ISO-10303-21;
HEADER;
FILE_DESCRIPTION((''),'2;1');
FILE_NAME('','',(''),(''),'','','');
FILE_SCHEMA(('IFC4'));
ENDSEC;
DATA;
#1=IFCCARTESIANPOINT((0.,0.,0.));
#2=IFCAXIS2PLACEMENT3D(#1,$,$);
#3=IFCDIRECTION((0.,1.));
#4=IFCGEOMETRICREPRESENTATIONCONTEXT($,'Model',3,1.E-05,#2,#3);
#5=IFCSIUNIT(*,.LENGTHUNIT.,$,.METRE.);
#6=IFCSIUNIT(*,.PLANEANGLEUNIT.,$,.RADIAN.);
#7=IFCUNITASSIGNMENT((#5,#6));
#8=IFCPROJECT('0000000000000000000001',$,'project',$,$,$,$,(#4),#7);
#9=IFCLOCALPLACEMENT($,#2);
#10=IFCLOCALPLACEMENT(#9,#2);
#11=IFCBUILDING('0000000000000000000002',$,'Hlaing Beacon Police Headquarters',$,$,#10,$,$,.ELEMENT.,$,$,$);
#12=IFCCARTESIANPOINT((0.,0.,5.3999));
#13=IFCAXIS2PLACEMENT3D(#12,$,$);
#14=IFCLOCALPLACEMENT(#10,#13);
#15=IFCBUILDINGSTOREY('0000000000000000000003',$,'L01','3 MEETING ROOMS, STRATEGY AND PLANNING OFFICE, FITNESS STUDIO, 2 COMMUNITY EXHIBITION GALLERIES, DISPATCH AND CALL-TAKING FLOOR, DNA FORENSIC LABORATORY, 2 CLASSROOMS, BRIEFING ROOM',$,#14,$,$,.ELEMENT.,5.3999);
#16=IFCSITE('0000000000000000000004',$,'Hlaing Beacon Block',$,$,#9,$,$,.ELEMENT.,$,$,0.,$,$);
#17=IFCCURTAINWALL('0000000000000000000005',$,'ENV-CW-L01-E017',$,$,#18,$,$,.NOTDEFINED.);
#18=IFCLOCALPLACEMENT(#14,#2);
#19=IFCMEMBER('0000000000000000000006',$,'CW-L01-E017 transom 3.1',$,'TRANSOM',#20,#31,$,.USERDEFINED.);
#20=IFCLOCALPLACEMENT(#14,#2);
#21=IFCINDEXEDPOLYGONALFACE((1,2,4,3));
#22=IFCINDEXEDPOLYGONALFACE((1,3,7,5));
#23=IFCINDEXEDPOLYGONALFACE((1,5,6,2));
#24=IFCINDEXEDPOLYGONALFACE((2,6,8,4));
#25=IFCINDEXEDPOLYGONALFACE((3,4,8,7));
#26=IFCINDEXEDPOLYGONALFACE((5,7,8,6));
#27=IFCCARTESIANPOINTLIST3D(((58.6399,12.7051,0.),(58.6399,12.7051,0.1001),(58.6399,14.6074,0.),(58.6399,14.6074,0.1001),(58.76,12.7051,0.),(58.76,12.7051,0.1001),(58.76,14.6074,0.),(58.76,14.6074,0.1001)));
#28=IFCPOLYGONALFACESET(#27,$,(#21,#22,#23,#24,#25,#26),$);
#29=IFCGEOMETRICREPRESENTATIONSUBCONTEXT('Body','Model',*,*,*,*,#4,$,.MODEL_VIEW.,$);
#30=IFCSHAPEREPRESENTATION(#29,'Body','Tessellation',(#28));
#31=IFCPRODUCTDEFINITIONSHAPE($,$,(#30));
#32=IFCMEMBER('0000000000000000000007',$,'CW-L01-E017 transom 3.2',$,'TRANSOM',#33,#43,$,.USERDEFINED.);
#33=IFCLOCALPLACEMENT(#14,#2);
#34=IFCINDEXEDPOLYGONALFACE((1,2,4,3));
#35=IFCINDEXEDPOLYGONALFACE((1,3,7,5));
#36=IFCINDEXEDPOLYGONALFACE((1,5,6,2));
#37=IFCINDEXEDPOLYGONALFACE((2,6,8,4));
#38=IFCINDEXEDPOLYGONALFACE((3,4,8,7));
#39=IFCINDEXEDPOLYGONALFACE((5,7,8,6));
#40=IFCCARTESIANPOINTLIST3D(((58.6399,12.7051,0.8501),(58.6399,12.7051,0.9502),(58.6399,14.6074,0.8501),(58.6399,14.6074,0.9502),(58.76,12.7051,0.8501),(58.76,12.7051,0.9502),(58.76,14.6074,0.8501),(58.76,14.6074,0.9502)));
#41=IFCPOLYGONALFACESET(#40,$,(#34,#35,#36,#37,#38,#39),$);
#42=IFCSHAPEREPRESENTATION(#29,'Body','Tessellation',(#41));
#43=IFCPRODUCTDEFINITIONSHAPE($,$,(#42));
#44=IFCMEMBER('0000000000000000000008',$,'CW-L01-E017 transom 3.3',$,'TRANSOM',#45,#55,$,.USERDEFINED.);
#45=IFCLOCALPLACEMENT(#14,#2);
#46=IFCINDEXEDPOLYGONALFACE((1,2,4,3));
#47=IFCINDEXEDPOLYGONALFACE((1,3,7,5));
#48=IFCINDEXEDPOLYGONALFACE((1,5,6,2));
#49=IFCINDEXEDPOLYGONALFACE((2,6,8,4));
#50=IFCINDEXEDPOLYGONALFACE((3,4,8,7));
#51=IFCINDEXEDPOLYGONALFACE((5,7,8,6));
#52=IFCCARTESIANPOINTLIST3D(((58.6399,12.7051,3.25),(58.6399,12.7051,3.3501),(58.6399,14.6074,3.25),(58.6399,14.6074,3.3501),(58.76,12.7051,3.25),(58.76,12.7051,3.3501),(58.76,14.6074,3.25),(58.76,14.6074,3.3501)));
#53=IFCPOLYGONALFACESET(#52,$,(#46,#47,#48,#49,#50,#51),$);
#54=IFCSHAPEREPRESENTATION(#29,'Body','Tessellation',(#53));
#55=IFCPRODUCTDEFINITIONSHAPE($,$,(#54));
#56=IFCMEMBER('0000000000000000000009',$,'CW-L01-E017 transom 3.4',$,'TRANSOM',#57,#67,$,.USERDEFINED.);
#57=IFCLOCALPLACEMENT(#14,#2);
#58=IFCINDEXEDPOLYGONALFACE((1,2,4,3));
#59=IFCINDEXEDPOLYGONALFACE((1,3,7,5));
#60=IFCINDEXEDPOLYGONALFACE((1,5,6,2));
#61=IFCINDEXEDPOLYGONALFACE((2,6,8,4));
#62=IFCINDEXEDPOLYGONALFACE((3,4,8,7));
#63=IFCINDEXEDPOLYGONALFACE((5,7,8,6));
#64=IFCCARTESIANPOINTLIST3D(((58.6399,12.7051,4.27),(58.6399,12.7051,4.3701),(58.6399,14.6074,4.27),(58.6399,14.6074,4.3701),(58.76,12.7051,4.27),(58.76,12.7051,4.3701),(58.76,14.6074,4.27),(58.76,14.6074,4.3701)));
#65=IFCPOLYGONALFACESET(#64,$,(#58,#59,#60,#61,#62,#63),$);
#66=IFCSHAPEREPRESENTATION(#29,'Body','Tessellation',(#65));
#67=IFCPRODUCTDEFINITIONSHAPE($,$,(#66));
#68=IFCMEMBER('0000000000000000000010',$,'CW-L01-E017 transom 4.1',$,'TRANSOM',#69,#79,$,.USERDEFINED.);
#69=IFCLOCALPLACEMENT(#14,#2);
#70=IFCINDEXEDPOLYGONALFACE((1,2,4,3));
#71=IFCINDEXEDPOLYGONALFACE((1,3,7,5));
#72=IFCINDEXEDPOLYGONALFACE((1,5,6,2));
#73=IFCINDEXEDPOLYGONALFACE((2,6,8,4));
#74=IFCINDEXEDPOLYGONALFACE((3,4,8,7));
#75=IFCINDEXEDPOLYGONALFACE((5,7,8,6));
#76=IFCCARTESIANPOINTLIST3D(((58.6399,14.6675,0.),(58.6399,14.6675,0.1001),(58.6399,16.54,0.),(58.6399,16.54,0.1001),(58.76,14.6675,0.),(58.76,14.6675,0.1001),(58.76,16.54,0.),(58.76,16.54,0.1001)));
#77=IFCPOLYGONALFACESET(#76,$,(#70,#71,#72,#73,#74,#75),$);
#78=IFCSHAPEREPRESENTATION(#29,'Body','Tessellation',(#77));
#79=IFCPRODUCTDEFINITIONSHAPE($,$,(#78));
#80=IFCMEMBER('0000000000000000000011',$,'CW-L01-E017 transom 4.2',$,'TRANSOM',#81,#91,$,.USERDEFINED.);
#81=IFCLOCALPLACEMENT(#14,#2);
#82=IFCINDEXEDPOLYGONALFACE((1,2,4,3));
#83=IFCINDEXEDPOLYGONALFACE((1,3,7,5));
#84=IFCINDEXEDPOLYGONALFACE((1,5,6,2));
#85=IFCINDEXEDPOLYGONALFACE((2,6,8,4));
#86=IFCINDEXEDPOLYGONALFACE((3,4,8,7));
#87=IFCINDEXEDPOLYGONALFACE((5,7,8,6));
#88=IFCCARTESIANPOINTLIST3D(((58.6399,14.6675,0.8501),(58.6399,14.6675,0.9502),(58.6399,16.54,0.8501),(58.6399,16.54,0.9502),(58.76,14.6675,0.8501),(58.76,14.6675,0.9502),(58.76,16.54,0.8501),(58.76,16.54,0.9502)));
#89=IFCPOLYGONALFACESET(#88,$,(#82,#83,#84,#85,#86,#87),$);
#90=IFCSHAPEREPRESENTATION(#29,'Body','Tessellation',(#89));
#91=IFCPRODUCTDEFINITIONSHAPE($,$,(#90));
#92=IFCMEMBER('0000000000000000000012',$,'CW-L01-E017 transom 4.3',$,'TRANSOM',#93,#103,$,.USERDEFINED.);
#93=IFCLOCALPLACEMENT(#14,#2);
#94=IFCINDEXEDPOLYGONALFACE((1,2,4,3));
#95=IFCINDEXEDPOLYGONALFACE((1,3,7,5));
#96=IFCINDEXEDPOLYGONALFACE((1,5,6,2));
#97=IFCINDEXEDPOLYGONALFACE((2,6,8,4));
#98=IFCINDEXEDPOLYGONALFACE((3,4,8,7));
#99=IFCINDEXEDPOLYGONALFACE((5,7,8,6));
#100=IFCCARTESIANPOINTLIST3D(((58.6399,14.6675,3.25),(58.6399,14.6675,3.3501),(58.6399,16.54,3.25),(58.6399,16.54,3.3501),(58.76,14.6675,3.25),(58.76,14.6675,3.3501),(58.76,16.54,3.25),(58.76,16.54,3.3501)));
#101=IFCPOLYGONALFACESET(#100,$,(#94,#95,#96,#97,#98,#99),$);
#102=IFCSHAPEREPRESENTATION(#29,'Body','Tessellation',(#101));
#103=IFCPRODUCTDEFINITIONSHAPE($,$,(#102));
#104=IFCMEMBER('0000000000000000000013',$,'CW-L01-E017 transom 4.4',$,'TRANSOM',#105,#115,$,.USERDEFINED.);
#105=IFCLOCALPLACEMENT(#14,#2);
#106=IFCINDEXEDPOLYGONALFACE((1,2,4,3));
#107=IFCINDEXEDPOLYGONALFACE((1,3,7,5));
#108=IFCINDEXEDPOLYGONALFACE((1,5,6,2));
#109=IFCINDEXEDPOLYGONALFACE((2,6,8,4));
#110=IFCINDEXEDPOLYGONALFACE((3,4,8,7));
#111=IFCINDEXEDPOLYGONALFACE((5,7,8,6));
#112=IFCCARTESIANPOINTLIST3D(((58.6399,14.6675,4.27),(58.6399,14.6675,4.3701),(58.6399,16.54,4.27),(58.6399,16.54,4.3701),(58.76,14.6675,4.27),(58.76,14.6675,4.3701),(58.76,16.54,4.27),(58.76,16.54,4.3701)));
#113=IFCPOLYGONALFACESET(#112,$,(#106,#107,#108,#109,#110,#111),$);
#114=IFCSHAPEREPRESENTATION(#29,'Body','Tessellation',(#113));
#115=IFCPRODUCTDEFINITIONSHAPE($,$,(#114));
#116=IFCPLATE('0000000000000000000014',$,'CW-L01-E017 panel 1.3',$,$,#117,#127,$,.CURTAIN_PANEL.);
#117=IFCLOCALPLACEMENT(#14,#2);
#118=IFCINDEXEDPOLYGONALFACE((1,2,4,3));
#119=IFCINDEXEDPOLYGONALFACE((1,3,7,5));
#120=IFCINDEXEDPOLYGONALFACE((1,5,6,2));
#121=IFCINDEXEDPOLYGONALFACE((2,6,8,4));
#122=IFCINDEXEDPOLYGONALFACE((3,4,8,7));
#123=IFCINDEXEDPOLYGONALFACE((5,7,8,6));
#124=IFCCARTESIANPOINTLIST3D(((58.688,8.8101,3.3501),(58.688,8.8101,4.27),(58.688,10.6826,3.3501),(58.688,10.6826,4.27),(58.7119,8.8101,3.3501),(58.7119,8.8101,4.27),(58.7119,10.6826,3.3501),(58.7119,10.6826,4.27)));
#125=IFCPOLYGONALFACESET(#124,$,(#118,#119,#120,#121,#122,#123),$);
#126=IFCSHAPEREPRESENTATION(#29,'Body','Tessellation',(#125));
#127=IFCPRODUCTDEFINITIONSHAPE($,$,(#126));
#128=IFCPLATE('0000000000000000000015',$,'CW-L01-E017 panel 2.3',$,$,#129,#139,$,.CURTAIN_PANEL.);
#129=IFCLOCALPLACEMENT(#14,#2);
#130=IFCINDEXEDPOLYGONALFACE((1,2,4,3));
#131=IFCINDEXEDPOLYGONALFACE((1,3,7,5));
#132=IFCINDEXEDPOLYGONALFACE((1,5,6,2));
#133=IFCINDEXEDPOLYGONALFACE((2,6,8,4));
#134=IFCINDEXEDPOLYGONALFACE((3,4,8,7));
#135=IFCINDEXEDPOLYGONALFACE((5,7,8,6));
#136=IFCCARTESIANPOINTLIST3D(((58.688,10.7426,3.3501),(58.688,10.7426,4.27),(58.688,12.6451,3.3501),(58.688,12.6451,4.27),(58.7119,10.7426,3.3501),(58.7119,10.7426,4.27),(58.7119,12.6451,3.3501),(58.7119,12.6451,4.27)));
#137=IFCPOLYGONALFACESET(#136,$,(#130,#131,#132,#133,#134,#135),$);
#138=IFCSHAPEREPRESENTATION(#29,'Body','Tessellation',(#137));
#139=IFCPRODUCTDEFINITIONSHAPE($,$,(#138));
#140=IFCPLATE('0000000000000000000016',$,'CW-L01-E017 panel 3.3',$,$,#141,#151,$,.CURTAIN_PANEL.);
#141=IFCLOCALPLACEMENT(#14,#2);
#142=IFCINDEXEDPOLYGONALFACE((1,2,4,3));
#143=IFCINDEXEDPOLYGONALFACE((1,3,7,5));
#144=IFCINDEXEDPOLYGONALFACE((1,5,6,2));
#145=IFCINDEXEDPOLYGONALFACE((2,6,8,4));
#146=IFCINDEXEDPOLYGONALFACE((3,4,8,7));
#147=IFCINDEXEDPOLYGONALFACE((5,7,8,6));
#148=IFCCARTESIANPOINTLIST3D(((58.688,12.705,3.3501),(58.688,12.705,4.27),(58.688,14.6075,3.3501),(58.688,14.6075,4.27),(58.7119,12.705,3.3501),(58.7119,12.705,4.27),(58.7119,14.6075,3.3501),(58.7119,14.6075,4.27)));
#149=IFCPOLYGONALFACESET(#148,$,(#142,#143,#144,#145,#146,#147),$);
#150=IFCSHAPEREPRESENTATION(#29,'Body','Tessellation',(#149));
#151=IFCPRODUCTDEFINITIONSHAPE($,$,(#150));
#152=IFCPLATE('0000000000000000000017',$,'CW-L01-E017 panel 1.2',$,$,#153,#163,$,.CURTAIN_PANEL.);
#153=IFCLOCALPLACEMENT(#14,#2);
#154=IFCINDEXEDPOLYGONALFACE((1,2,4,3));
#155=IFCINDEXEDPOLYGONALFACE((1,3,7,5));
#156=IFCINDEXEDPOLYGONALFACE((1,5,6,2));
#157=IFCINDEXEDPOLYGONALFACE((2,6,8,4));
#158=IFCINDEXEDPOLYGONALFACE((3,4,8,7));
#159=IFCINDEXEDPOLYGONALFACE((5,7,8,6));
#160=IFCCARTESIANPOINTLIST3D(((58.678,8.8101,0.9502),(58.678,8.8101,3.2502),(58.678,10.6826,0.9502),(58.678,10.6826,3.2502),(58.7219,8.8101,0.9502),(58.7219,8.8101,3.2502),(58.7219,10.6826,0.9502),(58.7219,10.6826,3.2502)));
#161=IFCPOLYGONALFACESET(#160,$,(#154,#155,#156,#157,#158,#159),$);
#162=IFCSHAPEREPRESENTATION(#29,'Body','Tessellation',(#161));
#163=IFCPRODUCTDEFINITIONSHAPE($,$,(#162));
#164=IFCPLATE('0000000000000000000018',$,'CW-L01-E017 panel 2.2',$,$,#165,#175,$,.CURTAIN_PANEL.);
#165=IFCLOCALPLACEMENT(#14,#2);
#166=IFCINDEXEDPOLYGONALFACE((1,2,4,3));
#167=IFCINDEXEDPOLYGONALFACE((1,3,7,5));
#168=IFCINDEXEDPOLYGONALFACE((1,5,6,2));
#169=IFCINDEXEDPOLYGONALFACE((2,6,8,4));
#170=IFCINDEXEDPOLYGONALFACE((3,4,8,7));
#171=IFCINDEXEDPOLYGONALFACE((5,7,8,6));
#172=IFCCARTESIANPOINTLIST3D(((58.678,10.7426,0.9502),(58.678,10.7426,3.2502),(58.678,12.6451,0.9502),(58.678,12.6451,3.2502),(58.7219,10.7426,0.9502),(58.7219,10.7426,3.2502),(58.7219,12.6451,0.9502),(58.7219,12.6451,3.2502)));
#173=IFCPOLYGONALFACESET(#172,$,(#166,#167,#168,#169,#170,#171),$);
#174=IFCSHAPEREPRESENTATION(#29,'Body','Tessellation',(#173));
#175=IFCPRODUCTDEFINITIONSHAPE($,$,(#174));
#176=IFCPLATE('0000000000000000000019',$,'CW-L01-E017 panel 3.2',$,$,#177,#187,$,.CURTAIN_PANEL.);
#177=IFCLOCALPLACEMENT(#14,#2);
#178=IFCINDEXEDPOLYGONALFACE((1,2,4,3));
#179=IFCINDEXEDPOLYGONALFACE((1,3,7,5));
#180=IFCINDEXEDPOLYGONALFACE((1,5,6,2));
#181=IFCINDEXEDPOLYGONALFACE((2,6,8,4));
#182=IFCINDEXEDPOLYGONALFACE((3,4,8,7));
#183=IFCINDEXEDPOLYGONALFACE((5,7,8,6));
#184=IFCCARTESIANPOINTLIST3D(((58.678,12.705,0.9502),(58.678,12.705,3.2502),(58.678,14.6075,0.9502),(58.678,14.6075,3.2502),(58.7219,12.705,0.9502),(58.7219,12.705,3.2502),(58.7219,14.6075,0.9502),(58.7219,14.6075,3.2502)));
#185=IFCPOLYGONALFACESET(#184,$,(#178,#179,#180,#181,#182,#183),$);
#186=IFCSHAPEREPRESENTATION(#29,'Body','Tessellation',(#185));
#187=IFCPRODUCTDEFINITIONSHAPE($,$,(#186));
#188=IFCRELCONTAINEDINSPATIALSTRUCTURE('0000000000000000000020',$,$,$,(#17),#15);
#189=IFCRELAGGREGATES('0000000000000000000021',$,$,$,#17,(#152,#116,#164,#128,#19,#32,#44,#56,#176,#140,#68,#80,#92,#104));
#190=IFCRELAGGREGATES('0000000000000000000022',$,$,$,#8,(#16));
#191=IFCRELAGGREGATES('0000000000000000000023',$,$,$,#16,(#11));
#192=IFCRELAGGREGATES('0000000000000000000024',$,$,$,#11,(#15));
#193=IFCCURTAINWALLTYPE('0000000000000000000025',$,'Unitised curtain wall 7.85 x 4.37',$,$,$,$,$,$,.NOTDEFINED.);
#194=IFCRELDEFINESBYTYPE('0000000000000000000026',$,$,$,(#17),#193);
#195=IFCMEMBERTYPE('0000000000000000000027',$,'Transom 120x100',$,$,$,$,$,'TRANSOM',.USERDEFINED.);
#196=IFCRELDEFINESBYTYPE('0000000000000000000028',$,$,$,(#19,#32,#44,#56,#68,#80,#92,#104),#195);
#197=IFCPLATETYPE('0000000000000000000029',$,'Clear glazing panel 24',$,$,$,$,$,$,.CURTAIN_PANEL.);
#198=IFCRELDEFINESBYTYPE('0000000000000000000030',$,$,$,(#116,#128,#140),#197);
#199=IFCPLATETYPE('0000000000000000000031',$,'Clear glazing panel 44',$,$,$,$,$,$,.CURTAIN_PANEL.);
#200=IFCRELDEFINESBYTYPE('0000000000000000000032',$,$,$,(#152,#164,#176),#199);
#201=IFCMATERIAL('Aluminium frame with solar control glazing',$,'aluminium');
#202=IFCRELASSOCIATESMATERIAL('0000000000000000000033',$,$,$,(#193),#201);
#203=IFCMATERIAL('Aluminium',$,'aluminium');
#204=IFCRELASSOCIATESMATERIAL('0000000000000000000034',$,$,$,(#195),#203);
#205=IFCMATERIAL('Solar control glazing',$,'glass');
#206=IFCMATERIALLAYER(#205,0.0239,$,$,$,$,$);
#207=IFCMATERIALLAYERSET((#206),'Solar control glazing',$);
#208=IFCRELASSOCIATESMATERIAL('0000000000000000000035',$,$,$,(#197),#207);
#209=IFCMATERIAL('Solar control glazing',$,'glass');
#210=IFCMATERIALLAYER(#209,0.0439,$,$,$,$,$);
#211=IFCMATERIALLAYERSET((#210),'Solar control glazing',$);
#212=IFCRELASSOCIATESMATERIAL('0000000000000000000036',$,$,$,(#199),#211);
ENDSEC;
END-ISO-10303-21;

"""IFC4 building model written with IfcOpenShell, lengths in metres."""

from ifc_helpers import new_model, si_unit, direction, frame, origin, origin_2d, place, context, subcontext, project, spatial, rectangle, extrude, material, layer, layer_set, material_profile, profile_set, type_object, element, aggregate, save


model = new_model("IFC4")

# Units and contexts
model_context = context("Model", 3, precision=1e-05, world=origin(), true_north=direction((0.0, 1.0)))
body_context = subcontext(model_context, "Body", "Model", "MODEL_VIEW")
ifc_project = project(units=[si_unit("LENGTHUNIT", "METRE"), si_unit("PLANEANGLEUNIT", "RADIAN")], contexts=[model_context])

# Site, building, storey
site_placement = place(None, origin())
site = spatial("IfcSite", under=ifc_project, at=site_placement, Name="Hlaing Beacon Block", CompositionType="ELEMENT", RefElevation=0.0)
building_placement = place(site_placement, origin())
building = spatial("IfcBuilding", under=site, at=building_placement, Name="Hlaing Beacon Police Headquarters", CompositionType="ELEMENT")
storey_placement = place(building_placement, frame((0.0, 0.0, 5.3999)))
storey = spatial("IfcBuildingStorey", under=building, at=storey_placement, Name="L01", Description="3 MEETING ROOMS, STRATEGY AND PLANNING OFFICE, FITNESS STUDIO, 2 COMMUNITY EXHIBITION GALLERIES, DISPATCH AND CALL-TAKING FLOOR, DNA FORENSIC LABORATORY, 2 CLASSROOMS, BRIEFING ROOM", CompositionType="ELEMENT", Elevation=5.3999)

# Curtain wall, members, plates
ifc_material_1 = material(Name="Aluminium frame with solar control glazing", Category="aluminium")
curtain_wall_type_1 = type_object("IfcCurtainWallType", Name="Unitised curtain wall 7.85 x 4.37", PredefinedType="NOTDEFINED", material=ifc_material_1)
curtain_wall_1_placement = place(storey_placement, origin())
curtain_wall_1 = element("IfcCurtainWall", 1, at=curtain_wall_1_placement, inside=storey, type_object=curtain_wall_type_1, Name="ENV-CW-L01-E017", PredefinedType="NOTDEFINED")
ifc_material_2 = material(Name="Aluminium", Category="aluminium")
ifc_material_profile_1 = material_profile(ifc_material_2, rectangle(XDim=0.1201, YDim=0.1001, at=origin_2d()), Name="Transom 120x100")
ifc_profile_set_1 = profile_set([ifc_material_profile_1], Name="Aluminium")
member_type_1 = type_object("IfcMemberType", Name="Transom 120x100", ElementType="TRANSOM", PredefinedType="USERDEFINED", material=ifc_profile_set_1)
member_1_placement = place(storey_placement, frame((58.7, 12.7051, 0.05), z_axis=(0.0, 1.0, 0.0), x_axis=(-1.0, 0.0, 0.0)))
member_1 = element("IfcMember", 2, at=member_1_placement, type_object=member_type_1, Name="CW-L01-E017 transom 3.1", ObjectType="TRANSOM", PredefinedType="USERDEFINED", context=body_context, shape_type="SweptSolid", body=[
    extrude(rectangle(XDim=0.1201, YDim=0.1001, at=origin_2d()), origin(), (0.0, 0.0, 1.0), 1.9023),
])
member_2_placement = place(storey_placement, frame((58.7, 12.7051, 0.9001), z_axis=(0.0, 1.0, 0.0), x_axis=(-1.0, 0.0, 0.0)))
member_2 = element("IfcMember", 3, at=member_2_placement, type_object=member_type_1, Name="CW-L01-E017 transom 3.2", ObjectType="TRANSOM", PredefinedType="USERDEFINED", context=body_context, shape_type="SweptSolid", body=[
    extrude(rectangle(XDim=0.1201, YDim=0.1001, at=origin_2d()), origin(), (0.0, 0.0, 1.0), 1.9023),
])
member_3_placement = place(storey_placement, frame((58.7, 12.7051, 3.3), z_axis=(0.0, 1.0, 0.0), x_axis=(-1.0, 0.0, 0.0)))
member_3 = element("IfcMember", 4, at=member_3_placement, type_object=member_type_1, Name="CW-L01-E017 transom 3.3", ObjectType="TRANSOM", PredefinedType="USERDEFINED", context=body_context, shape_type="SweptSolid", body=[
    extrude(rectangle(XDim=0.1201, YDim=0.1001, at=origin_2d()), origin(), (0.0, 0.0, 1.0), 1.9023),
])
member_4_placement = place(storey_placement, frame((58.7, 12.7051, 4.3201), z_axis=(0.0, 1.0, 0.0), x_axis=(-1.0, 0.0, 0.0)))
member_4 = element("IfcMember", 5, at=member_4_placement, type_object=member_type_1, Name="CW-L01-E017 transom 3.4", ObjectType="TRANSOM", PredefinedType="USERDEFINED", context=body_context, shape_type="SweptSolid", body=[
    extrude(rectangle(XDim=0.1201, YDim=0.1001, at=origin_2d()), origin(), (0.0, 0.0, 1.0), 1.9023),
])
member_5_placement = place(storey_placement, frame((58.7, 14.6675, 0.05), z_axis=(0.0, 1.0, 0.0), x_axis=(-1.0, 0.0, 0.0)))
member_5 = element("IfcMember", 6, at=member_5_placement, type_object=member_type_1, Name="CW-L01-E017 transom 4.1", ObjectType="TRANSOM", PredefinedType="USERDEFINED", context=body_context, shape_type="SweptSolid", body=[
    extrude(rectangle(XDim=0.1201, YDim=0.1001, at=origin_2d()), origin(), (0.0, 0.0, 1.0), 1.8726),
])
member_6_placement = place(storey_placement, frame((58.7, 14.6675, 0.9001), z_axis=(0.0, 1.0, 0.0), x_axis=(-1.0, 0.0, 0.0)))
member_6 = element("IfcMember", 7, at=member_6_placement, type_object=member_type_1, Name="CW-L01-E017 transom 4.2", ObjectType="TRANSOM", PredefinedType="USERDEFINED", context=body_context, shape_type="SweptSolid", body=[
    extrude(rectangle(XDim=0.1201, YDim=0.1001, at=origin_2d()), origin(), (0.0, 0.0, 1.0), 1.8726),
])
member_7_placement = place(storey_placement, frame((58.7, 14.6675, 3.3), z_axis=(0.0, 1.0, 0.0), x_axis=(-1.0, 0.0, 0.0)))
member_7 = element("IfcMember", 8, at=member_7_placement, type_object=member_type_1, Name="CW-L01-E017 transom 4.3", ObjectType="TRANSOM", PredefinedType="USERDEFINED", context=body_context, shape_type="SweptSolid", body=[
    extrude(rectangle(XDim=0.1201, YDim=0.1001, at=origin_2d()), origin(), (0.0, 0.0, 1.0), 1.8726),
])
member_8_placement = place(storey_placement, frame((58.7, 14.6675, 4.3201), z_axis=(0.0, 1.0, 0.0), x_axis=(-1.0, 0.0, 0.0)))
member_8 = element("IfcMember", 9, at=member_8_placement, type_object=member_type_1, Name="CW-L01-E017 transom 4.4", ObjectType="TRANSOM", PredefinedType="USERDEFINED", context=body_context, shape_type="SweptSolid", body=[
    extrude(rectangle(XDim=0.1201, YDim=0.1001, at=origin_2d()), origin(), (0.0, 0.0, 1.0), 1.8726),
])
ifc_material_3 = material(Name="Solar control glazing", Category="glass")
ifc_layer_1 = layer(ifc_material_3, 0.0239)
ifc_layer_set_1 = layer_set([ifc_layer_1], Name="Solar control glazing")
plate_type_1 = type_object("IfcPlateType", Name="Clear glazing panel 24", PredefinedType="CURTAIN_PANEL", material=ifc_layer_set_1)
plate_1_placement = place(storey_placement, frame((58.7, 9.7463, 3.3501), z_axis=(0.0, 0.0, 1.0), x_axis=(0.0, 1.0, 0.0)))
plate_1 = element("IfcPlate", 10, at=plate_1_placement, type_object=plate_type_1, Name="CW-L01-E017 panel 1.3", PredefinedType="CURTAIN_PANEL", context=body_context, shape_type="SweptSolid", body=[
    extrude(rectangle(XDim=1.8726, YDim=0.0239, at=origin_2d()), origin(), (0.0, 0.0, 1.0), 0.9199),
])
plate_2_placement = place(storey_placement, frame((58.7, 11.6938, 3.3501), z_axis=(0.0, 0.0, 1.0), x_axis=(0.0, 1.0, 0.0)))
plate_2 = element("IfcPlate", 11, at=plate_2_placement, type_object=plate_type_1, Name="CW-L01-E017 panel 2.3", PredefinedType="CURTAIN_PANEL", context=body_context, shape_type="SweptSolid", body=[
    extrude(rectangle(XDim=1.9026, YDim=0.0239, at=origin_2d()), origin(), (0.0, 0.0, 1.0), 0.9199),
])
plate_3_placement = place(storey_placement, frame((58.7, 13.6562, 3.3501), z_axis=(0.0, 0.0, 1.0), x_axis=(0.0, 1.0, 0.0)))
plate_3 = element("IfcPlate", 12, at=plate_3_placement, type_object=plate_type_1, Name="CW-L01-E017 panel 3.3", PredefinedType="CURTAIN_PANEL", context=body_context, shape_type="SweptSolid", body=[
    extrude(rectangle(XDim=1.9026, YDim=0.0239, at=origin_2d()), origin(), (0.0, 0.0, 1.0), 0.9199),
])
ifc_material_4 = material(Name="Solar control glazing", Category="glass")
ifc_layer_2 = layer(ifc_material_4, 0.0439)
ifc_layer_set_2 = layer_set([ifc_layer_2], Name="Solar control glazing")
plate_type_2 = type_object("IfcPlateType", Name="Clear glazing panel 44", PredefinedType="CURTAIN_PANEL", material=ifc_layer_set_2)
plate_4_placement = place(storey_placement, frame((58.7, 9.7463, 0.9502), z_axis=(0.0, 0.0, 1.0), x_axis=(0.0, 1.0, 0.0)))
plate_4 = element("IfcPlate", 13, at=plate_4_placement, type_object=plate_type_2, Name="CW-L01-E017 panel 1.2", PredefinedType="CURTAIN_PANEL", context=body_context, shape_type="SweptSolid", body=[
    extrude(rectangle(XDim=1.8726, YDim=0.0439, at=origin_2d()), origin(), (0.0, 0.0, 1.0), 2.3),
])
plate_5_placement = place(storey_placement, frame((58.7, 11.6938, 0.9502), z_axis=(0.0, 0.0, 1.0), x_axis=(0.0, 1.0, 0.0)))
plate_5 = element("IfcPlate", 14, at=plate_5_placement, type_object=plate_type_2, Name="CW-L01-E017 panel 2.2", PredefinedType="CURTAIN_PANEL", context=body_context, shape_type="SweptSolid", body=[
    extrude(rectangle(XDim=1.9026, YDim=0.0439, at=origin_2d()), origin(), (0.0, 0.0, 1.0), 2.3),
])
plate_6_placement = place(storey_placement, frame((58.7, 13.6562, 0.9502), z_axis=(0.0, 0.0, 1.0), x_axis=(0.0, 1.0, 0.0)))
plate_6 = element("IfcPlate", 15, at=plate_6_placement, type_object=plate_type_2, Name="CW-L01-E017 panel 3.2", PredefinedType="CURTAIN_PANEL", context=body_context, shape_type="SweptSolid", body=[
    extrude(rectangle(XDim=1.9026, YDim=0.0439, at=origin_2d()), origin(), (0.0, 0.0, 1.0), 2.3),
])
aggregate(curtain_wall_1, [plate_4, plate_1, plate_5, plate_2, member_1, member_2, member_3, member_4, plate_6, plate_3, member_5, member_6, member_7, member_8])

save(model, "model.ifc")
